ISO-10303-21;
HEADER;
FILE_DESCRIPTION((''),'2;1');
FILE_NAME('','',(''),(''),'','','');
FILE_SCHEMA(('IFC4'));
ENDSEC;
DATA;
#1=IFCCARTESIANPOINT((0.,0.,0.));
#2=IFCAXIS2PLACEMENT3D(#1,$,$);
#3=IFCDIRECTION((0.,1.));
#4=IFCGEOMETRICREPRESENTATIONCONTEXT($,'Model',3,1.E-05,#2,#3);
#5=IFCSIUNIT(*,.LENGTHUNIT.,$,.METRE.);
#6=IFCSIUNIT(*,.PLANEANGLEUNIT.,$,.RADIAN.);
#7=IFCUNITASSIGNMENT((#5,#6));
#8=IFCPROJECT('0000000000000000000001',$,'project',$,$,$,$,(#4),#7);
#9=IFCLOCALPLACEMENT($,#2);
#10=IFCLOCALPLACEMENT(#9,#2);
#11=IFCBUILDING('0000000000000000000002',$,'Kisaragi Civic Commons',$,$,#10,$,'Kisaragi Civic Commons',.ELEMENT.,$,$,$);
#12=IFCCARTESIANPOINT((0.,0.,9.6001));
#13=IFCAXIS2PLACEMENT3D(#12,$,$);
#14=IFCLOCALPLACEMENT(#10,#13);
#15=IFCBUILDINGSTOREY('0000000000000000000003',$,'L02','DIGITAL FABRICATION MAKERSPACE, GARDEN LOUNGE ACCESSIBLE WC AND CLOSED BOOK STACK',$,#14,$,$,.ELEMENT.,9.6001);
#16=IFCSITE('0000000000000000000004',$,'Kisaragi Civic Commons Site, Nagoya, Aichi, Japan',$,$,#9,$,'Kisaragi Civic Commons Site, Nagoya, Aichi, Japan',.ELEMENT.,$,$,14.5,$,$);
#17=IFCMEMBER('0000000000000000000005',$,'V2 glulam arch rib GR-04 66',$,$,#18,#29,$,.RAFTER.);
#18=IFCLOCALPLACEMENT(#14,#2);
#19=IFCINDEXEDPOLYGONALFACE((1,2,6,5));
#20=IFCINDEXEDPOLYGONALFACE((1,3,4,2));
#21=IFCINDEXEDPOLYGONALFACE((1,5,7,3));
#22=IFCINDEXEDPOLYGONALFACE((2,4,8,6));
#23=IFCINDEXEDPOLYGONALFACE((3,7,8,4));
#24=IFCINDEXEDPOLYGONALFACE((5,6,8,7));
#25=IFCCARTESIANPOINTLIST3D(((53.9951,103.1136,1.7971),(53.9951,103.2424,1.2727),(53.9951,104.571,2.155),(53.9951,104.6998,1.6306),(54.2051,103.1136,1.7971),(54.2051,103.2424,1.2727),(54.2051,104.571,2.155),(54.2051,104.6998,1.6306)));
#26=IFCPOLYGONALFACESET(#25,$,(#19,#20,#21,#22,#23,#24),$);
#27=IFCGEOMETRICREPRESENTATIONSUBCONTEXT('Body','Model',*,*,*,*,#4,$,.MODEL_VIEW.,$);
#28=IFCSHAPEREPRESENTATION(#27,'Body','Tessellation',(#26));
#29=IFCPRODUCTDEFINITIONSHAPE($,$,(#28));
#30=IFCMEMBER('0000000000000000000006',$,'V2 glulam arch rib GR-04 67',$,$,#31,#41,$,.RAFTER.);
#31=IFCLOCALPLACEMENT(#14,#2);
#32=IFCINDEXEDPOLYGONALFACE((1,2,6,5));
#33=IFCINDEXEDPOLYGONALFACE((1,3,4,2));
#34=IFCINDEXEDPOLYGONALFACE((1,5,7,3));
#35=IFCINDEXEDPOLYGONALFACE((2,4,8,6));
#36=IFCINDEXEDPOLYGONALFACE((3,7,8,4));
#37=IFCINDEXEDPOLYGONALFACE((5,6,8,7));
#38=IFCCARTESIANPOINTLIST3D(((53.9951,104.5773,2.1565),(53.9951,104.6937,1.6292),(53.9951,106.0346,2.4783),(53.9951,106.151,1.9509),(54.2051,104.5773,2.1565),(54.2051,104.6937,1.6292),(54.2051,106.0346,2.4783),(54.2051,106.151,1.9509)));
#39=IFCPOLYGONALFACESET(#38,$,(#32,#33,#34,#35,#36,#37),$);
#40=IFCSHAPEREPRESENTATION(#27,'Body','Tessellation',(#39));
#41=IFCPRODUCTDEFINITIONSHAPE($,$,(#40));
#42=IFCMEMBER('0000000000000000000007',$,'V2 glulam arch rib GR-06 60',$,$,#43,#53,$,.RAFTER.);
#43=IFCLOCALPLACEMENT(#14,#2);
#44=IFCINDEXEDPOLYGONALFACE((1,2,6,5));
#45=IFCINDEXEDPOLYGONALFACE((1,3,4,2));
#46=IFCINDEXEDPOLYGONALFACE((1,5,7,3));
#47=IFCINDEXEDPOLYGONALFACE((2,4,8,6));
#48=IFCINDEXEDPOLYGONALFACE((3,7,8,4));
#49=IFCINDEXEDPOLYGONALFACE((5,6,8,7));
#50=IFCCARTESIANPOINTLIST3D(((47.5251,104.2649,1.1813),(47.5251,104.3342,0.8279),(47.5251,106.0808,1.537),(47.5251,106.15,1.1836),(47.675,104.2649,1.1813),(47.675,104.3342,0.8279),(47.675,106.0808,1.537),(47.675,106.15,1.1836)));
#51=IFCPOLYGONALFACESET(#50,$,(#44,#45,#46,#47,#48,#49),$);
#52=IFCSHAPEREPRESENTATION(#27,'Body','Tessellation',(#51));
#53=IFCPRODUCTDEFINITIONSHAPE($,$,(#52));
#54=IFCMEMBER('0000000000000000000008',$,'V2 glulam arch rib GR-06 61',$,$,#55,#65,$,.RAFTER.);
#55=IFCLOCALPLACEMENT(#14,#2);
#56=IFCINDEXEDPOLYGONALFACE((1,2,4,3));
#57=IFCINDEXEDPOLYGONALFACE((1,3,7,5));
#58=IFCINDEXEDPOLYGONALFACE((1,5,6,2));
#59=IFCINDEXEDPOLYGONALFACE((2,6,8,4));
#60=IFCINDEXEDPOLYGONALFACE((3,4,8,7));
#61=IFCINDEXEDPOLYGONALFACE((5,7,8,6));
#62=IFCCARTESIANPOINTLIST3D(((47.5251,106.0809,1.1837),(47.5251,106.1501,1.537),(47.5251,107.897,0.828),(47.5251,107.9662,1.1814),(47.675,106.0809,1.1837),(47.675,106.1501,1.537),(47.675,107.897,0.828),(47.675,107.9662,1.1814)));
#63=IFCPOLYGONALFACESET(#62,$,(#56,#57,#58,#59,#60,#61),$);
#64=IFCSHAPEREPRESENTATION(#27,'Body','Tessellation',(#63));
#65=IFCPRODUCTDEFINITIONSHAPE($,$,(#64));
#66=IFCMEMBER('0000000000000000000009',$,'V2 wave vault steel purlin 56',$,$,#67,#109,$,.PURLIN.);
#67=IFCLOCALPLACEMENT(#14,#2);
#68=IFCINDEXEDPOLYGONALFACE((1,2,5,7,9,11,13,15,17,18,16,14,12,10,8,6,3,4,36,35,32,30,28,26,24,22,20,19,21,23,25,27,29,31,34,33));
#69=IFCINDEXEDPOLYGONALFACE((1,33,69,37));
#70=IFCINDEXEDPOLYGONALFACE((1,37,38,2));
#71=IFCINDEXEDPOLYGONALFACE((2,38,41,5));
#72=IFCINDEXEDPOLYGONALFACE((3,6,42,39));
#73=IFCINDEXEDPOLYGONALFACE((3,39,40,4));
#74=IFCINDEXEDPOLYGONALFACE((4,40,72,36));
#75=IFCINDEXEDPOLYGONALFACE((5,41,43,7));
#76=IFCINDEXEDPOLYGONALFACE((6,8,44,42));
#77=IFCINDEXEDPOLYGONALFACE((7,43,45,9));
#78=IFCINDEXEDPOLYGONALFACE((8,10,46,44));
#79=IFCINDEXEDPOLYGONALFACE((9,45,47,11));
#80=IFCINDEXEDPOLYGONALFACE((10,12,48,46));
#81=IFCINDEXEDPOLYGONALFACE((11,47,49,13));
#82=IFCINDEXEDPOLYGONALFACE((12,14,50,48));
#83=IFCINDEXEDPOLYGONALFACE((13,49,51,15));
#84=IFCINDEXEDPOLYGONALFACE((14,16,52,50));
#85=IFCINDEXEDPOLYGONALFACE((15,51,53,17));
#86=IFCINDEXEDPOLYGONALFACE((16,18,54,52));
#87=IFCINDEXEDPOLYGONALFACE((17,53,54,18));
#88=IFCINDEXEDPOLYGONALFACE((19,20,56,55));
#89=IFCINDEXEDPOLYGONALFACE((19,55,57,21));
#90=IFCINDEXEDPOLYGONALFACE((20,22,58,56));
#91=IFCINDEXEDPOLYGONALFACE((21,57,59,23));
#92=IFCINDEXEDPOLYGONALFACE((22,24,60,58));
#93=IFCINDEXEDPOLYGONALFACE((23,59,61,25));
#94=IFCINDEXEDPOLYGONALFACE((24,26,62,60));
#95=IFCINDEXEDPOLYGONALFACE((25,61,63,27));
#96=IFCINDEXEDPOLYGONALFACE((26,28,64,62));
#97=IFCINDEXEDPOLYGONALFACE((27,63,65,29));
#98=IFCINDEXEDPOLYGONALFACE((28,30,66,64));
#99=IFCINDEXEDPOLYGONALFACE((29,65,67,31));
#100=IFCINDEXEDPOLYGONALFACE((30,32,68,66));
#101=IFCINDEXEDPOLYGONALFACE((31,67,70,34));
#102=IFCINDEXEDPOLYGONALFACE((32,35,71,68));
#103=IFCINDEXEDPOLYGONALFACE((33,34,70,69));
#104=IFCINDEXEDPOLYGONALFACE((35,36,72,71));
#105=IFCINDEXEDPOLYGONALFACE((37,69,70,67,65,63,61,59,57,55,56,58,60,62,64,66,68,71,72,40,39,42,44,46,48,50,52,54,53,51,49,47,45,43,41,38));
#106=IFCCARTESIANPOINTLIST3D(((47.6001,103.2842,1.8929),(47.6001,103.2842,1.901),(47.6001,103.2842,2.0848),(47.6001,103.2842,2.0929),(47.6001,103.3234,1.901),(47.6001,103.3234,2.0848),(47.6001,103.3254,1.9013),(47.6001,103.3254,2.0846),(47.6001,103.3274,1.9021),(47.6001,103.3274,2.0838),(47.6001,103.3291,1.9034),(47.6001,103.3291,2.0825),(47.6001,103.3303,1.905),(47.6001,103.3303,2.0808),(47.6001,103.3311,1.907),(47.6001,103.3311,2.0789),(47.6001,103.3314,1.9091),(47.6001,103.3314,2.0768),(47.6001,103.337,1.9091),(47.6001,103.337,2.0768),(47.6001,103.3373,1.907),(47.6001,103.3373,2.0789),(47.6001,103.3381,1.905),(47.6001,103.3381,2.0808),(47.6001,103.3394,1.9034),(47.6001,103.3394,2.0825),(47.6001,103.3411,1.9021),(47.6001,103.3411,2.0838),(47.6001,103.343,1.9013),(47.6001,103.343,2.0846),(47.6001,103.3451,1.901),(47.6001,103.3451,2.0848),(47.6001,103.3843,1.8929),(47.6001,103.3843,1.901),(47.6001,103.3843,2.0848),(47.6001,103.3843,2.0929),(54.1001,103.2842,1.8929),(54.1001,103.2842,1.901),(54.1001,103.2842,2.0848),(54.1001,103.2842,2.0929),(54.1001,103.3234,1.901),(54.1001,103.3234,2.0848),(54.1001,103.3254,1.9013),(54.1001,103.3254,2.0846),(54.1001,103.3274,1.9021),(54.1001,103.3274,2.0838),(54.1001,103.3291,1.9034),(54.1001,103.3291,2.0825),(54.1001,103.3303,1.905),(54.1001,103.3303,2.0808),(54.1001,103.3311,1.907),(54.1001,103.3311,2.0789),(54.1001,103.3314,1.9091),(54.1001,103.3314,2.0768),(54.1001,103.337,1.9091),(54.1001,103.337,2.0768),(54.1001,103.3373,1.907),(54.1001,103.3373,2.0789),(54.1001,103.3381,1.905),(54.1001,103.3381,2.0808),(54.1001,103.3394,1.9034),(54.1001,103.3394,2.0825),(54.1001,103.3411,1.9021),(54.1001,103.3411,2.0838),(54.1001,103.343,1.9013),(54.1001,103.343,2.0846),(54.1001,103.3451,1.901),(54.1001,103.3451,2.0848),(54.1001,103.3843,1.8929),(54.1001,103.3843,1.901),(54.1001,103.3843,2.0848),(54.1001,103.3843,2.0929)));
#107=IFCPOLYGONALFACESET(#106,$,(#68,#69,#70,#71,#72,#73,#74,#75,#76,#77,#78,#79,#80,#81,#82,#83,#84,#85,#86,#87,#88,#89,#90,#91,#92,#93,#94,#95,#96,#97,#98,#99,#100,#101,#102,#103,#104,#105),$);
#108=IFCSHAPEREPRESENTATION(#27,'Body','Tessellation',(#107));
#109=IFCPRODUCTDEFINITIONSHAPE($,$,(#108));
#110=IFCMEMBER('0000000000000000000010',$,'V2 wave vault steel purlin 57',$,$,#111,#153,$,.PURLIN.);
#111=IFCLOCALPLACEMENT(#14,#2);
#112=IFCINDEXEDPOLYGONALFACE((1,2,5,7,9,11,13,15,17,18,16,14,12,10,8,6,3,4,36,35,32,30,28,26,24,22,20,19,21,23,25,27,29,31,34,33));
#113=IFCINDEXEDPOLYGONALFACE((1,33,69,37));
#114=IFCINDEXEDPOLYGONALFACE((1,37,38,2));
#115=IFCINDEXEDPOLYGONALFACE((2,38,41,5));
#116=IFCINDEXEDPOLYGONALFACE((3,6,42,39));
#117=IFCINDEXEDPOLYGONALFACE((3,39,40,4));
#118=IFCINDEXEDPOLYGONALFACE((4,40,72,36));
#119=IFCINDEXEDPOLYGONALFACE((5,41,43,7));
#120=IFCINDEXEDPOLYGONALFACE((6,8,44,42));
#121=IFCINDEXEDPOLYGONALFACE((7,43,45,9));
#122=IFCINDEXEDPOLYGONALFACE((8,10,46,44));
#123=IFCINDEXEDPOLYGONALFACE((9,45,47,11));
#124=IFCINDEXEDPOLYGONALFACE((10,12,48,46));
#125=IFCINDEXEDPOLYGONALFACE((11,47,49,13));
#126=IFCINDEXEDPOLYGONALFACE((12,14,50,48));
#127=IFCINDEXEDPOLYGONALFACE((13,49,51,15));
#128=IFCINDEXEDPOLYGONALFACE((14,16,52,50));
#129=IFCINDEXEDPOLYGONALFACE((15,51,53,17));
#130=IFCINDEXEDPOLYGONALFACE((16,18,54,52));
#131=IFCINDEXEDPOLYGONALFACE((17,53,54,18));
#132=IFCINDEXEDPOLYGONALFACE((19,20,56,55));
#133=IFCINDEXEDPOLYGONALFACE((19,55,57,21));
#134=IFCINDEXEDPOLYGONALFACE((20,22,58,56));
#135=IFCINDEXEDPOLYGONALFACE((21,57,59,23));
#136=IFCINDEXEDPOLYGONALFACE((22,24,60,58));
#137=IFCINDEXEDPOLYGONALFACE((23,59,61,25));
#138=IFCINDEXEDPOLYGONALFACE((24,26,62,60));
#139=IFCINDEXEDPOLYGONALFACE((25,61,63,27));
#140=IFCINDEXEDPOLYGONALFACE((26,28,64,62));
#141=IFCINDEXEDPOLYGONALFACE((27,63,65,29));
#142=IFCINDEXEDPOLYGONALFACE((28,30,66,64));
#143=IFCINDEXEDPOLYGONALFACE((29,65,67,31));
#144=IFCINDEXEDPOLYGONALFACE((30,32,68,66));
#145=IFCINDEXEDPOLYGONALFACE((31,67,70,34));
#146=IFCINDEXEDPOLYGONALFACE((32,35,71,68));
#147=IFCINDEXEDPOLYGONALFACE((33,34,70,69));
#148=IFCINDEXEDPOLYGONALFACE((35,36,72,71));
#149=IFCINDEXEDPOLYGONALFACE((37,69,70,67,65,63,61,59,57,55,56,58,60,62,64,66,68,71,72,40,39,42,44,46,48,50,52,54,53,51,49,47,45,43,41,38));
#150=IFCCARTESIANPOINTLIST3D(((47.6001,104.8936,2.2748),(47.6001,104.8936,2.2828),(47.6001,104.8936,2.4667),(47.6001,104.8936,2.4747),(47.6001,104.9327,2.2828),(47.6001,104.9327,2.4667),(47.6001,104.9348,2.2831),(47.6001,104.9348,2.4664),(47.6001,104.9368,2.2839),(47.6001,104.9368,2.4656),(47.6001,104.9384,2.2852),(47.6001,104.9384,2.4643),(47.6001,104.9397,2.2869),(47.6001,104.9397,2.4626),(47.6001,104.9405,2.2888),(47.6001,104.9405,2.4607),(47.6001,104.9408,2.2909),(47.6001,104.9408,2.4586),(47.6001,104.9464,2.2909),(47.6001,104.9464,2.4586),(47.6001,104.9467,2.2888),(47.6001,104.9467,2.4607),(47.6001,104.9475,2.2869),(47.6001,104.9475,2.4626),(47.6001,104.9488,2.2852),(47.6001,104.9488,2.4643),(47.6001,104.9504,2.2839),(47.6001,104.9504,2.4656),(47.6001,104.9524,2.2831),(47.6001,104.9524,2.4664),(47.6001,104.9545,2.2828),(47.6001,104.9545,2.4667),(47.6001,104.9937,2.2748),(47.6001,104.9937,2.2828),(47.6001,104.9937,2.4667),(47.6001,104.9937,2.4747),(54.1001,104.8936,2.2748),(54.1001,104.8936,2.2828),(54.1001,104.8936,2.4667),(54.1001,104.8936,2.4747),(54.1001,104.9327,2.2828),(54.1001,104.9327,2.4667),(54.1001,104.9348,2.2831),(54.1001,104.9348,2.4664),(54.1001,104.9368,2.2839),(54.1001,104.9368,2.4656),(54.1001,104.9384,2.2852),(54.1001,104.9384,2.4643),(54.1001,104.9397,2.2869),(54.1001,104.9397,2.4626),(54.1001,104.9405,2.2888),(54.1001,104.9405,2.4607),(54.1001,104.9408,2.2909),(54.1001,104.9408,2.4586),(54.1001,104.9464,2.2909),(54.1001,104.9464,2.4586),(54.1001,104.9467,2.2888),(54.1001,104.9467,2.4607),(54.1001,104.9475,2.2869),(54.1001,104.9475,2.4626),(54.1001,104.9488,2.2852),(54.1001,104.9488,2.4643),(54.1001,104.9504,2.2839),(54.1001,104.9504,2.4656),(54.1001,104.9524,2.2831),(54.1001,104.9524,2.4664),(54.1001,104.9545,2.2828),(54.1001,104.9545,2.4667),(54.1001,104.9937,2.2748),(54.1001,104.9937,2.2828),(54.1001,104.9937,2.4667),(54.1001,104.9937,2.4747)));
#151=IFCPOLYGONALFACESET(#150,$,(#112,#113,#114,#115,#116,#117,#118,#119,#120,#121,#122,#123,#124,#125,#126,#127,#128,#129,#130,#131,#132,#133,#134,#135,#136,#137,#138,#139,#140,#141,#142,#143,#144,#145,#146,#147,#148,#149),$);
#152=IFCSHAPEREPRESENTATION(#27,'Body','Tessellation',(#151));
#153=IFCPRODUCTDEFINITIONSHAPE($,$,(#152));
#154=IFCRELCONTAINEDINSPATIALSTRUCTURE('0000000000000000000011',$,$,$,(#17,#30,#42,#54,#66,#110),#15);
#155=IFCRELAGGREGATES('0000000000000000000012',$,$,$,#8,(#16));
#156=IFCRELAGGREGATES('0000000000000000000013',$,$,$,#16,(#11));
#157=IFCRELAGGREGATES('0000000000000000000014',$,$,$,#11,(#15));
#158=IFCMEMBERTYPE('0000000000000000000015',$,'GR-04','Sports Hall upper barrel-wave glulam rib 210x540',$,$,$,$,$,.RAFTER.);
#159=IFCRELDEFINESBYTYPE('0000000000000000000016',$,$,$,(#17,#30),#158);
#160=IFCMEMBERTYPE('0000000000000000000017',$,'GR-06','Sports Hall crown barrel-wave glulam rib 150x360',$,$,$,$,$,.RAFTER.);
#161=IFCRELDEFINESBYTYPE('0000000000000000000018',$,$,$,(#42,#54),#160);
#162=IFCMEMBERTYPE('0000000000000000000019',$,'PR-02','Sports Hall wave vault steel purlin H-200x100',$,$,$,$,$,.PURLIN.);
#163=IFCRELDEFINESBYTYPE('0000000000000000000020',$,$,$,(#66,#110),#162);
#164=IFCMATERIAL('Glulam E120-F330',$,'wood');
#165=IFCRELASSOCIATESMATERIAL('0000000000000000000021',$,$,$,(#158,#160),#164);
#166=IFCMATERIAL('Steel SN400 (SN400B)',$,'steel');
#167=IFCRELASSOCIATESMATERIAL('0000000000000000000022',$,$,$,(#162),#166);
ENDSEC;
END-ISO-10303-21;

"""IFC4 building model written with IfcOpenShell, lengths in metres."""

from ifc_helpers import new_model, si_unit, direction, frame, origin, origin_2d, place, context, subcontext, project, spatial, rectangle, i_section, extrude, material, material_profile, profile_set, type_object, element, save


model = new_model("IFC4")

# Units and contexts
model_context = context("Model", 3, precision=1e-05, world=origin(), true_north=direction((0.0, 1.0)))
body_context = subcontext(model_context, "Body", "Model", "MODEL_VIEW")
ifc_project = project(units=[si_unit("LENGTHUNIT", "METRE"), si_unit("PLANEANGLEUNIT", "RADIAN")], contexts=[model_context])

# Site, building, storey
site_placement = place(None, origin())
site = spatial("IfcSite", under=ifc_project, at=site_placement, Name="Kisaragi Civic Commons Site, Nagoya, Aichi, Japan", LongName="Kisaragi Civic Commons Site, Nagoya, Aichi, Japan", CompositionType="ELEMENT", RefElevation=14.5)
building_placement = place(site_placement, origin())
building = spatial("IfcBuilding", under=site, at=building_placement, Name="Kisaragi Civic Commons", LongName="Kisaragi Civic Commons", CompositionType="ELEMENT")
storey_placement = place(building_placement, frame((0.0, 0.0, 9.6001)))
storey = spatial("IfcBuildingStorey", under=building, at=storey_placement, Name="L02", Description="DIGITAL FABRICATION MAKERSPACE, GARDEN LOUNGE ACCESSIBLE WC AND CLOSED BOOK STACK", CompositionType="ELEMENT", Elevation=9.6001)

# Shared definitions
ifc_material_1 = material(Name="Steel SN400 (SN400B)", Category="steel")

# Members
ifc_material_2 = material(Name="Glulam E120-F330", Category="wood")
ifc_material_profile_1 = material_profile(ifc_material_2, rectangle(XDim=0.21, YDim=0.54, at=origin_2d()), Name="GL-210x540", Category="wood")
ifc_profile_set_1 = profile_set([ifc_material_profile_1], Name="Glulam E120-F330")
member_type_1 = type_object("IfcMemberType", Name="GR-04", Description="Sports Hall upper barrel-wave glulam rib 210x540", PredefinedType="RAFTER", material=ifc_profile_set_1)
member_1_placement = place(storey_placement, frame((54.1001, 103.178, 1.5349), z_axis=(0.0, 0.971148, 0.238476), x_axis=(-1.0, 0.0, 0.0)))
element("IfcMember", 1, at=member_1_placement, inside=storey, type_object=member_type_1, Name="V2 glulam arch rib GR-04 66", PredefinedType="RAFTER", context=body_context, shape_type="SweptSolid", body=[
    extrude(rectangle(XDim=0.21, YDim=0.54, at=origin_2d()), origin(), (0.0, 0.0, 1.0), 1.5007),
])
member_2_placement = place(storey_placement, frame((54.1001, 104.6355, 1.8928), z_axis=(0.0, 0.976479, 0.215614), x_axis=(-1.0, 0.0, 0.0)))
element("IfcMember", 2, at=member_2_placement, inside=storey, type_object=member_type_1, Name="V2 glulam arch rib GR-04 67", PredefinedType="RAFTER", context=body_context, shape_type="SweptSolid", body=[
    extrude(rectangle(XDim=0.21, YDim=0.54, at=origin_2d()), origin(), (0.0, 0.0, 1.0), 1.4924),
])
ifc_material_profile_2 = material_profile(ifc_material_2, rectangle(XDim=0.1499, YDim=0.3601, at=origin_2d()), Name="GL-150x360", Category="wood")
ifc_profile_set_2 = profile_set([ifc_material_profile_2], Name="Glulam E120-F330")
member_type_2 = type_object("IfcMemberType", Name="GR-06", Description="Sports Hall crown barrel-wave glulam rib 150x360", PredefinedType="RAFTER", material=ifc_profile_set_2)
member_3_placement = place(storey_placement, frame((47.6001, 104.2996, 1.0046), z_axis=(0.0, 0.981349, 0.192233), x_axis=(-1.0, 0.0, 0.0)))
element("IfcMember", 3, at=member_3_placement, inside=storey, type_object=member_type_2, Name="V2 glulam arch rib GR-06 60", PredefinedType="RAFTER", context=body_context, shape_type="SweptSolid", body=[
    extrude(rectangle(XDim=0.1499, YDim=0.3601, at=origin_2d()), origin(), (0.0, 0.0, 1.0), 1.8503),
])
member_4_placement = place(storey_placement, frame((47.6001, 106.1155, 1.3604), z_axis=(0.0, 0.981354, -0.192208), x_axis=(-1.0, 0.0, 0.0)))
element("IfcMember", 4, at=member_4_placement, inside=storey, type_object=member_type_2, Name="V2 glulam arch rib GR-06 61", PredefinedType="RAFTER", context=body_context, shape_type="SweptSolid", body=[
    extrude(rectangle(XDim=0.1499, YDim=0.3601, at=origin_2d()), origin(), (0.0, 0.0, 1.0), 1.8506),
])
ifc_material_profile_3 = material_profile(ifc_material_1, i_section(OverallWidth=0.1001, OverallDepth=0.2, WebThickness=0.0056, FlangeThickness=0.0081, FilletRadius=0.0081, at=origin_2d()), Name="H-200x100x5.5x8", Category="steel")
ifc_profile_set_3 = profile_set([ifc_material_profile_3], Name="Steel SN400 (SN400B)")
member_type_3 = type_object("IfcMemberType", Name="PR-02", Description="Sports Hall wave vault steel purlin H-200x100", PredefinedType="PURLIN", material=ifc_profile_set_3)
for number, where, z_axis, x_axis, name in (
    (5, (47.6001, 103.3342, 1.9929), (1.0, 0.0, 0.0), (0.0, 1.0, 0.0), "V2 wave vault steel purlin 56"),
    (6, (47.6001, 104.9436, 2.3748), (1.0, 0.0, 0.0), (0.0, 1.0, 0.0), "V2 wave vault steel purlin 57"),
):
    element("IfcMember", number, at=place(storey_placement, frame(where, z_axis=z_axis, x_axis=x_axis)), inside=storey, type_object=member_type_3, Name=name, PredefinedType="PURLIN", context=body_context, shape_type="SweptSolid", body=[
        extrude(i_section(OverallWidth=0.1001, OverallDepth=0.2, WebThickness=0.0056, FlangeThickness=0.0081, FilletRadius=0.0081, at=origin_2d()), origin(), (0.0, 0.0, 1.0), 6.5),
    ])

save(model, "model.ifc")
